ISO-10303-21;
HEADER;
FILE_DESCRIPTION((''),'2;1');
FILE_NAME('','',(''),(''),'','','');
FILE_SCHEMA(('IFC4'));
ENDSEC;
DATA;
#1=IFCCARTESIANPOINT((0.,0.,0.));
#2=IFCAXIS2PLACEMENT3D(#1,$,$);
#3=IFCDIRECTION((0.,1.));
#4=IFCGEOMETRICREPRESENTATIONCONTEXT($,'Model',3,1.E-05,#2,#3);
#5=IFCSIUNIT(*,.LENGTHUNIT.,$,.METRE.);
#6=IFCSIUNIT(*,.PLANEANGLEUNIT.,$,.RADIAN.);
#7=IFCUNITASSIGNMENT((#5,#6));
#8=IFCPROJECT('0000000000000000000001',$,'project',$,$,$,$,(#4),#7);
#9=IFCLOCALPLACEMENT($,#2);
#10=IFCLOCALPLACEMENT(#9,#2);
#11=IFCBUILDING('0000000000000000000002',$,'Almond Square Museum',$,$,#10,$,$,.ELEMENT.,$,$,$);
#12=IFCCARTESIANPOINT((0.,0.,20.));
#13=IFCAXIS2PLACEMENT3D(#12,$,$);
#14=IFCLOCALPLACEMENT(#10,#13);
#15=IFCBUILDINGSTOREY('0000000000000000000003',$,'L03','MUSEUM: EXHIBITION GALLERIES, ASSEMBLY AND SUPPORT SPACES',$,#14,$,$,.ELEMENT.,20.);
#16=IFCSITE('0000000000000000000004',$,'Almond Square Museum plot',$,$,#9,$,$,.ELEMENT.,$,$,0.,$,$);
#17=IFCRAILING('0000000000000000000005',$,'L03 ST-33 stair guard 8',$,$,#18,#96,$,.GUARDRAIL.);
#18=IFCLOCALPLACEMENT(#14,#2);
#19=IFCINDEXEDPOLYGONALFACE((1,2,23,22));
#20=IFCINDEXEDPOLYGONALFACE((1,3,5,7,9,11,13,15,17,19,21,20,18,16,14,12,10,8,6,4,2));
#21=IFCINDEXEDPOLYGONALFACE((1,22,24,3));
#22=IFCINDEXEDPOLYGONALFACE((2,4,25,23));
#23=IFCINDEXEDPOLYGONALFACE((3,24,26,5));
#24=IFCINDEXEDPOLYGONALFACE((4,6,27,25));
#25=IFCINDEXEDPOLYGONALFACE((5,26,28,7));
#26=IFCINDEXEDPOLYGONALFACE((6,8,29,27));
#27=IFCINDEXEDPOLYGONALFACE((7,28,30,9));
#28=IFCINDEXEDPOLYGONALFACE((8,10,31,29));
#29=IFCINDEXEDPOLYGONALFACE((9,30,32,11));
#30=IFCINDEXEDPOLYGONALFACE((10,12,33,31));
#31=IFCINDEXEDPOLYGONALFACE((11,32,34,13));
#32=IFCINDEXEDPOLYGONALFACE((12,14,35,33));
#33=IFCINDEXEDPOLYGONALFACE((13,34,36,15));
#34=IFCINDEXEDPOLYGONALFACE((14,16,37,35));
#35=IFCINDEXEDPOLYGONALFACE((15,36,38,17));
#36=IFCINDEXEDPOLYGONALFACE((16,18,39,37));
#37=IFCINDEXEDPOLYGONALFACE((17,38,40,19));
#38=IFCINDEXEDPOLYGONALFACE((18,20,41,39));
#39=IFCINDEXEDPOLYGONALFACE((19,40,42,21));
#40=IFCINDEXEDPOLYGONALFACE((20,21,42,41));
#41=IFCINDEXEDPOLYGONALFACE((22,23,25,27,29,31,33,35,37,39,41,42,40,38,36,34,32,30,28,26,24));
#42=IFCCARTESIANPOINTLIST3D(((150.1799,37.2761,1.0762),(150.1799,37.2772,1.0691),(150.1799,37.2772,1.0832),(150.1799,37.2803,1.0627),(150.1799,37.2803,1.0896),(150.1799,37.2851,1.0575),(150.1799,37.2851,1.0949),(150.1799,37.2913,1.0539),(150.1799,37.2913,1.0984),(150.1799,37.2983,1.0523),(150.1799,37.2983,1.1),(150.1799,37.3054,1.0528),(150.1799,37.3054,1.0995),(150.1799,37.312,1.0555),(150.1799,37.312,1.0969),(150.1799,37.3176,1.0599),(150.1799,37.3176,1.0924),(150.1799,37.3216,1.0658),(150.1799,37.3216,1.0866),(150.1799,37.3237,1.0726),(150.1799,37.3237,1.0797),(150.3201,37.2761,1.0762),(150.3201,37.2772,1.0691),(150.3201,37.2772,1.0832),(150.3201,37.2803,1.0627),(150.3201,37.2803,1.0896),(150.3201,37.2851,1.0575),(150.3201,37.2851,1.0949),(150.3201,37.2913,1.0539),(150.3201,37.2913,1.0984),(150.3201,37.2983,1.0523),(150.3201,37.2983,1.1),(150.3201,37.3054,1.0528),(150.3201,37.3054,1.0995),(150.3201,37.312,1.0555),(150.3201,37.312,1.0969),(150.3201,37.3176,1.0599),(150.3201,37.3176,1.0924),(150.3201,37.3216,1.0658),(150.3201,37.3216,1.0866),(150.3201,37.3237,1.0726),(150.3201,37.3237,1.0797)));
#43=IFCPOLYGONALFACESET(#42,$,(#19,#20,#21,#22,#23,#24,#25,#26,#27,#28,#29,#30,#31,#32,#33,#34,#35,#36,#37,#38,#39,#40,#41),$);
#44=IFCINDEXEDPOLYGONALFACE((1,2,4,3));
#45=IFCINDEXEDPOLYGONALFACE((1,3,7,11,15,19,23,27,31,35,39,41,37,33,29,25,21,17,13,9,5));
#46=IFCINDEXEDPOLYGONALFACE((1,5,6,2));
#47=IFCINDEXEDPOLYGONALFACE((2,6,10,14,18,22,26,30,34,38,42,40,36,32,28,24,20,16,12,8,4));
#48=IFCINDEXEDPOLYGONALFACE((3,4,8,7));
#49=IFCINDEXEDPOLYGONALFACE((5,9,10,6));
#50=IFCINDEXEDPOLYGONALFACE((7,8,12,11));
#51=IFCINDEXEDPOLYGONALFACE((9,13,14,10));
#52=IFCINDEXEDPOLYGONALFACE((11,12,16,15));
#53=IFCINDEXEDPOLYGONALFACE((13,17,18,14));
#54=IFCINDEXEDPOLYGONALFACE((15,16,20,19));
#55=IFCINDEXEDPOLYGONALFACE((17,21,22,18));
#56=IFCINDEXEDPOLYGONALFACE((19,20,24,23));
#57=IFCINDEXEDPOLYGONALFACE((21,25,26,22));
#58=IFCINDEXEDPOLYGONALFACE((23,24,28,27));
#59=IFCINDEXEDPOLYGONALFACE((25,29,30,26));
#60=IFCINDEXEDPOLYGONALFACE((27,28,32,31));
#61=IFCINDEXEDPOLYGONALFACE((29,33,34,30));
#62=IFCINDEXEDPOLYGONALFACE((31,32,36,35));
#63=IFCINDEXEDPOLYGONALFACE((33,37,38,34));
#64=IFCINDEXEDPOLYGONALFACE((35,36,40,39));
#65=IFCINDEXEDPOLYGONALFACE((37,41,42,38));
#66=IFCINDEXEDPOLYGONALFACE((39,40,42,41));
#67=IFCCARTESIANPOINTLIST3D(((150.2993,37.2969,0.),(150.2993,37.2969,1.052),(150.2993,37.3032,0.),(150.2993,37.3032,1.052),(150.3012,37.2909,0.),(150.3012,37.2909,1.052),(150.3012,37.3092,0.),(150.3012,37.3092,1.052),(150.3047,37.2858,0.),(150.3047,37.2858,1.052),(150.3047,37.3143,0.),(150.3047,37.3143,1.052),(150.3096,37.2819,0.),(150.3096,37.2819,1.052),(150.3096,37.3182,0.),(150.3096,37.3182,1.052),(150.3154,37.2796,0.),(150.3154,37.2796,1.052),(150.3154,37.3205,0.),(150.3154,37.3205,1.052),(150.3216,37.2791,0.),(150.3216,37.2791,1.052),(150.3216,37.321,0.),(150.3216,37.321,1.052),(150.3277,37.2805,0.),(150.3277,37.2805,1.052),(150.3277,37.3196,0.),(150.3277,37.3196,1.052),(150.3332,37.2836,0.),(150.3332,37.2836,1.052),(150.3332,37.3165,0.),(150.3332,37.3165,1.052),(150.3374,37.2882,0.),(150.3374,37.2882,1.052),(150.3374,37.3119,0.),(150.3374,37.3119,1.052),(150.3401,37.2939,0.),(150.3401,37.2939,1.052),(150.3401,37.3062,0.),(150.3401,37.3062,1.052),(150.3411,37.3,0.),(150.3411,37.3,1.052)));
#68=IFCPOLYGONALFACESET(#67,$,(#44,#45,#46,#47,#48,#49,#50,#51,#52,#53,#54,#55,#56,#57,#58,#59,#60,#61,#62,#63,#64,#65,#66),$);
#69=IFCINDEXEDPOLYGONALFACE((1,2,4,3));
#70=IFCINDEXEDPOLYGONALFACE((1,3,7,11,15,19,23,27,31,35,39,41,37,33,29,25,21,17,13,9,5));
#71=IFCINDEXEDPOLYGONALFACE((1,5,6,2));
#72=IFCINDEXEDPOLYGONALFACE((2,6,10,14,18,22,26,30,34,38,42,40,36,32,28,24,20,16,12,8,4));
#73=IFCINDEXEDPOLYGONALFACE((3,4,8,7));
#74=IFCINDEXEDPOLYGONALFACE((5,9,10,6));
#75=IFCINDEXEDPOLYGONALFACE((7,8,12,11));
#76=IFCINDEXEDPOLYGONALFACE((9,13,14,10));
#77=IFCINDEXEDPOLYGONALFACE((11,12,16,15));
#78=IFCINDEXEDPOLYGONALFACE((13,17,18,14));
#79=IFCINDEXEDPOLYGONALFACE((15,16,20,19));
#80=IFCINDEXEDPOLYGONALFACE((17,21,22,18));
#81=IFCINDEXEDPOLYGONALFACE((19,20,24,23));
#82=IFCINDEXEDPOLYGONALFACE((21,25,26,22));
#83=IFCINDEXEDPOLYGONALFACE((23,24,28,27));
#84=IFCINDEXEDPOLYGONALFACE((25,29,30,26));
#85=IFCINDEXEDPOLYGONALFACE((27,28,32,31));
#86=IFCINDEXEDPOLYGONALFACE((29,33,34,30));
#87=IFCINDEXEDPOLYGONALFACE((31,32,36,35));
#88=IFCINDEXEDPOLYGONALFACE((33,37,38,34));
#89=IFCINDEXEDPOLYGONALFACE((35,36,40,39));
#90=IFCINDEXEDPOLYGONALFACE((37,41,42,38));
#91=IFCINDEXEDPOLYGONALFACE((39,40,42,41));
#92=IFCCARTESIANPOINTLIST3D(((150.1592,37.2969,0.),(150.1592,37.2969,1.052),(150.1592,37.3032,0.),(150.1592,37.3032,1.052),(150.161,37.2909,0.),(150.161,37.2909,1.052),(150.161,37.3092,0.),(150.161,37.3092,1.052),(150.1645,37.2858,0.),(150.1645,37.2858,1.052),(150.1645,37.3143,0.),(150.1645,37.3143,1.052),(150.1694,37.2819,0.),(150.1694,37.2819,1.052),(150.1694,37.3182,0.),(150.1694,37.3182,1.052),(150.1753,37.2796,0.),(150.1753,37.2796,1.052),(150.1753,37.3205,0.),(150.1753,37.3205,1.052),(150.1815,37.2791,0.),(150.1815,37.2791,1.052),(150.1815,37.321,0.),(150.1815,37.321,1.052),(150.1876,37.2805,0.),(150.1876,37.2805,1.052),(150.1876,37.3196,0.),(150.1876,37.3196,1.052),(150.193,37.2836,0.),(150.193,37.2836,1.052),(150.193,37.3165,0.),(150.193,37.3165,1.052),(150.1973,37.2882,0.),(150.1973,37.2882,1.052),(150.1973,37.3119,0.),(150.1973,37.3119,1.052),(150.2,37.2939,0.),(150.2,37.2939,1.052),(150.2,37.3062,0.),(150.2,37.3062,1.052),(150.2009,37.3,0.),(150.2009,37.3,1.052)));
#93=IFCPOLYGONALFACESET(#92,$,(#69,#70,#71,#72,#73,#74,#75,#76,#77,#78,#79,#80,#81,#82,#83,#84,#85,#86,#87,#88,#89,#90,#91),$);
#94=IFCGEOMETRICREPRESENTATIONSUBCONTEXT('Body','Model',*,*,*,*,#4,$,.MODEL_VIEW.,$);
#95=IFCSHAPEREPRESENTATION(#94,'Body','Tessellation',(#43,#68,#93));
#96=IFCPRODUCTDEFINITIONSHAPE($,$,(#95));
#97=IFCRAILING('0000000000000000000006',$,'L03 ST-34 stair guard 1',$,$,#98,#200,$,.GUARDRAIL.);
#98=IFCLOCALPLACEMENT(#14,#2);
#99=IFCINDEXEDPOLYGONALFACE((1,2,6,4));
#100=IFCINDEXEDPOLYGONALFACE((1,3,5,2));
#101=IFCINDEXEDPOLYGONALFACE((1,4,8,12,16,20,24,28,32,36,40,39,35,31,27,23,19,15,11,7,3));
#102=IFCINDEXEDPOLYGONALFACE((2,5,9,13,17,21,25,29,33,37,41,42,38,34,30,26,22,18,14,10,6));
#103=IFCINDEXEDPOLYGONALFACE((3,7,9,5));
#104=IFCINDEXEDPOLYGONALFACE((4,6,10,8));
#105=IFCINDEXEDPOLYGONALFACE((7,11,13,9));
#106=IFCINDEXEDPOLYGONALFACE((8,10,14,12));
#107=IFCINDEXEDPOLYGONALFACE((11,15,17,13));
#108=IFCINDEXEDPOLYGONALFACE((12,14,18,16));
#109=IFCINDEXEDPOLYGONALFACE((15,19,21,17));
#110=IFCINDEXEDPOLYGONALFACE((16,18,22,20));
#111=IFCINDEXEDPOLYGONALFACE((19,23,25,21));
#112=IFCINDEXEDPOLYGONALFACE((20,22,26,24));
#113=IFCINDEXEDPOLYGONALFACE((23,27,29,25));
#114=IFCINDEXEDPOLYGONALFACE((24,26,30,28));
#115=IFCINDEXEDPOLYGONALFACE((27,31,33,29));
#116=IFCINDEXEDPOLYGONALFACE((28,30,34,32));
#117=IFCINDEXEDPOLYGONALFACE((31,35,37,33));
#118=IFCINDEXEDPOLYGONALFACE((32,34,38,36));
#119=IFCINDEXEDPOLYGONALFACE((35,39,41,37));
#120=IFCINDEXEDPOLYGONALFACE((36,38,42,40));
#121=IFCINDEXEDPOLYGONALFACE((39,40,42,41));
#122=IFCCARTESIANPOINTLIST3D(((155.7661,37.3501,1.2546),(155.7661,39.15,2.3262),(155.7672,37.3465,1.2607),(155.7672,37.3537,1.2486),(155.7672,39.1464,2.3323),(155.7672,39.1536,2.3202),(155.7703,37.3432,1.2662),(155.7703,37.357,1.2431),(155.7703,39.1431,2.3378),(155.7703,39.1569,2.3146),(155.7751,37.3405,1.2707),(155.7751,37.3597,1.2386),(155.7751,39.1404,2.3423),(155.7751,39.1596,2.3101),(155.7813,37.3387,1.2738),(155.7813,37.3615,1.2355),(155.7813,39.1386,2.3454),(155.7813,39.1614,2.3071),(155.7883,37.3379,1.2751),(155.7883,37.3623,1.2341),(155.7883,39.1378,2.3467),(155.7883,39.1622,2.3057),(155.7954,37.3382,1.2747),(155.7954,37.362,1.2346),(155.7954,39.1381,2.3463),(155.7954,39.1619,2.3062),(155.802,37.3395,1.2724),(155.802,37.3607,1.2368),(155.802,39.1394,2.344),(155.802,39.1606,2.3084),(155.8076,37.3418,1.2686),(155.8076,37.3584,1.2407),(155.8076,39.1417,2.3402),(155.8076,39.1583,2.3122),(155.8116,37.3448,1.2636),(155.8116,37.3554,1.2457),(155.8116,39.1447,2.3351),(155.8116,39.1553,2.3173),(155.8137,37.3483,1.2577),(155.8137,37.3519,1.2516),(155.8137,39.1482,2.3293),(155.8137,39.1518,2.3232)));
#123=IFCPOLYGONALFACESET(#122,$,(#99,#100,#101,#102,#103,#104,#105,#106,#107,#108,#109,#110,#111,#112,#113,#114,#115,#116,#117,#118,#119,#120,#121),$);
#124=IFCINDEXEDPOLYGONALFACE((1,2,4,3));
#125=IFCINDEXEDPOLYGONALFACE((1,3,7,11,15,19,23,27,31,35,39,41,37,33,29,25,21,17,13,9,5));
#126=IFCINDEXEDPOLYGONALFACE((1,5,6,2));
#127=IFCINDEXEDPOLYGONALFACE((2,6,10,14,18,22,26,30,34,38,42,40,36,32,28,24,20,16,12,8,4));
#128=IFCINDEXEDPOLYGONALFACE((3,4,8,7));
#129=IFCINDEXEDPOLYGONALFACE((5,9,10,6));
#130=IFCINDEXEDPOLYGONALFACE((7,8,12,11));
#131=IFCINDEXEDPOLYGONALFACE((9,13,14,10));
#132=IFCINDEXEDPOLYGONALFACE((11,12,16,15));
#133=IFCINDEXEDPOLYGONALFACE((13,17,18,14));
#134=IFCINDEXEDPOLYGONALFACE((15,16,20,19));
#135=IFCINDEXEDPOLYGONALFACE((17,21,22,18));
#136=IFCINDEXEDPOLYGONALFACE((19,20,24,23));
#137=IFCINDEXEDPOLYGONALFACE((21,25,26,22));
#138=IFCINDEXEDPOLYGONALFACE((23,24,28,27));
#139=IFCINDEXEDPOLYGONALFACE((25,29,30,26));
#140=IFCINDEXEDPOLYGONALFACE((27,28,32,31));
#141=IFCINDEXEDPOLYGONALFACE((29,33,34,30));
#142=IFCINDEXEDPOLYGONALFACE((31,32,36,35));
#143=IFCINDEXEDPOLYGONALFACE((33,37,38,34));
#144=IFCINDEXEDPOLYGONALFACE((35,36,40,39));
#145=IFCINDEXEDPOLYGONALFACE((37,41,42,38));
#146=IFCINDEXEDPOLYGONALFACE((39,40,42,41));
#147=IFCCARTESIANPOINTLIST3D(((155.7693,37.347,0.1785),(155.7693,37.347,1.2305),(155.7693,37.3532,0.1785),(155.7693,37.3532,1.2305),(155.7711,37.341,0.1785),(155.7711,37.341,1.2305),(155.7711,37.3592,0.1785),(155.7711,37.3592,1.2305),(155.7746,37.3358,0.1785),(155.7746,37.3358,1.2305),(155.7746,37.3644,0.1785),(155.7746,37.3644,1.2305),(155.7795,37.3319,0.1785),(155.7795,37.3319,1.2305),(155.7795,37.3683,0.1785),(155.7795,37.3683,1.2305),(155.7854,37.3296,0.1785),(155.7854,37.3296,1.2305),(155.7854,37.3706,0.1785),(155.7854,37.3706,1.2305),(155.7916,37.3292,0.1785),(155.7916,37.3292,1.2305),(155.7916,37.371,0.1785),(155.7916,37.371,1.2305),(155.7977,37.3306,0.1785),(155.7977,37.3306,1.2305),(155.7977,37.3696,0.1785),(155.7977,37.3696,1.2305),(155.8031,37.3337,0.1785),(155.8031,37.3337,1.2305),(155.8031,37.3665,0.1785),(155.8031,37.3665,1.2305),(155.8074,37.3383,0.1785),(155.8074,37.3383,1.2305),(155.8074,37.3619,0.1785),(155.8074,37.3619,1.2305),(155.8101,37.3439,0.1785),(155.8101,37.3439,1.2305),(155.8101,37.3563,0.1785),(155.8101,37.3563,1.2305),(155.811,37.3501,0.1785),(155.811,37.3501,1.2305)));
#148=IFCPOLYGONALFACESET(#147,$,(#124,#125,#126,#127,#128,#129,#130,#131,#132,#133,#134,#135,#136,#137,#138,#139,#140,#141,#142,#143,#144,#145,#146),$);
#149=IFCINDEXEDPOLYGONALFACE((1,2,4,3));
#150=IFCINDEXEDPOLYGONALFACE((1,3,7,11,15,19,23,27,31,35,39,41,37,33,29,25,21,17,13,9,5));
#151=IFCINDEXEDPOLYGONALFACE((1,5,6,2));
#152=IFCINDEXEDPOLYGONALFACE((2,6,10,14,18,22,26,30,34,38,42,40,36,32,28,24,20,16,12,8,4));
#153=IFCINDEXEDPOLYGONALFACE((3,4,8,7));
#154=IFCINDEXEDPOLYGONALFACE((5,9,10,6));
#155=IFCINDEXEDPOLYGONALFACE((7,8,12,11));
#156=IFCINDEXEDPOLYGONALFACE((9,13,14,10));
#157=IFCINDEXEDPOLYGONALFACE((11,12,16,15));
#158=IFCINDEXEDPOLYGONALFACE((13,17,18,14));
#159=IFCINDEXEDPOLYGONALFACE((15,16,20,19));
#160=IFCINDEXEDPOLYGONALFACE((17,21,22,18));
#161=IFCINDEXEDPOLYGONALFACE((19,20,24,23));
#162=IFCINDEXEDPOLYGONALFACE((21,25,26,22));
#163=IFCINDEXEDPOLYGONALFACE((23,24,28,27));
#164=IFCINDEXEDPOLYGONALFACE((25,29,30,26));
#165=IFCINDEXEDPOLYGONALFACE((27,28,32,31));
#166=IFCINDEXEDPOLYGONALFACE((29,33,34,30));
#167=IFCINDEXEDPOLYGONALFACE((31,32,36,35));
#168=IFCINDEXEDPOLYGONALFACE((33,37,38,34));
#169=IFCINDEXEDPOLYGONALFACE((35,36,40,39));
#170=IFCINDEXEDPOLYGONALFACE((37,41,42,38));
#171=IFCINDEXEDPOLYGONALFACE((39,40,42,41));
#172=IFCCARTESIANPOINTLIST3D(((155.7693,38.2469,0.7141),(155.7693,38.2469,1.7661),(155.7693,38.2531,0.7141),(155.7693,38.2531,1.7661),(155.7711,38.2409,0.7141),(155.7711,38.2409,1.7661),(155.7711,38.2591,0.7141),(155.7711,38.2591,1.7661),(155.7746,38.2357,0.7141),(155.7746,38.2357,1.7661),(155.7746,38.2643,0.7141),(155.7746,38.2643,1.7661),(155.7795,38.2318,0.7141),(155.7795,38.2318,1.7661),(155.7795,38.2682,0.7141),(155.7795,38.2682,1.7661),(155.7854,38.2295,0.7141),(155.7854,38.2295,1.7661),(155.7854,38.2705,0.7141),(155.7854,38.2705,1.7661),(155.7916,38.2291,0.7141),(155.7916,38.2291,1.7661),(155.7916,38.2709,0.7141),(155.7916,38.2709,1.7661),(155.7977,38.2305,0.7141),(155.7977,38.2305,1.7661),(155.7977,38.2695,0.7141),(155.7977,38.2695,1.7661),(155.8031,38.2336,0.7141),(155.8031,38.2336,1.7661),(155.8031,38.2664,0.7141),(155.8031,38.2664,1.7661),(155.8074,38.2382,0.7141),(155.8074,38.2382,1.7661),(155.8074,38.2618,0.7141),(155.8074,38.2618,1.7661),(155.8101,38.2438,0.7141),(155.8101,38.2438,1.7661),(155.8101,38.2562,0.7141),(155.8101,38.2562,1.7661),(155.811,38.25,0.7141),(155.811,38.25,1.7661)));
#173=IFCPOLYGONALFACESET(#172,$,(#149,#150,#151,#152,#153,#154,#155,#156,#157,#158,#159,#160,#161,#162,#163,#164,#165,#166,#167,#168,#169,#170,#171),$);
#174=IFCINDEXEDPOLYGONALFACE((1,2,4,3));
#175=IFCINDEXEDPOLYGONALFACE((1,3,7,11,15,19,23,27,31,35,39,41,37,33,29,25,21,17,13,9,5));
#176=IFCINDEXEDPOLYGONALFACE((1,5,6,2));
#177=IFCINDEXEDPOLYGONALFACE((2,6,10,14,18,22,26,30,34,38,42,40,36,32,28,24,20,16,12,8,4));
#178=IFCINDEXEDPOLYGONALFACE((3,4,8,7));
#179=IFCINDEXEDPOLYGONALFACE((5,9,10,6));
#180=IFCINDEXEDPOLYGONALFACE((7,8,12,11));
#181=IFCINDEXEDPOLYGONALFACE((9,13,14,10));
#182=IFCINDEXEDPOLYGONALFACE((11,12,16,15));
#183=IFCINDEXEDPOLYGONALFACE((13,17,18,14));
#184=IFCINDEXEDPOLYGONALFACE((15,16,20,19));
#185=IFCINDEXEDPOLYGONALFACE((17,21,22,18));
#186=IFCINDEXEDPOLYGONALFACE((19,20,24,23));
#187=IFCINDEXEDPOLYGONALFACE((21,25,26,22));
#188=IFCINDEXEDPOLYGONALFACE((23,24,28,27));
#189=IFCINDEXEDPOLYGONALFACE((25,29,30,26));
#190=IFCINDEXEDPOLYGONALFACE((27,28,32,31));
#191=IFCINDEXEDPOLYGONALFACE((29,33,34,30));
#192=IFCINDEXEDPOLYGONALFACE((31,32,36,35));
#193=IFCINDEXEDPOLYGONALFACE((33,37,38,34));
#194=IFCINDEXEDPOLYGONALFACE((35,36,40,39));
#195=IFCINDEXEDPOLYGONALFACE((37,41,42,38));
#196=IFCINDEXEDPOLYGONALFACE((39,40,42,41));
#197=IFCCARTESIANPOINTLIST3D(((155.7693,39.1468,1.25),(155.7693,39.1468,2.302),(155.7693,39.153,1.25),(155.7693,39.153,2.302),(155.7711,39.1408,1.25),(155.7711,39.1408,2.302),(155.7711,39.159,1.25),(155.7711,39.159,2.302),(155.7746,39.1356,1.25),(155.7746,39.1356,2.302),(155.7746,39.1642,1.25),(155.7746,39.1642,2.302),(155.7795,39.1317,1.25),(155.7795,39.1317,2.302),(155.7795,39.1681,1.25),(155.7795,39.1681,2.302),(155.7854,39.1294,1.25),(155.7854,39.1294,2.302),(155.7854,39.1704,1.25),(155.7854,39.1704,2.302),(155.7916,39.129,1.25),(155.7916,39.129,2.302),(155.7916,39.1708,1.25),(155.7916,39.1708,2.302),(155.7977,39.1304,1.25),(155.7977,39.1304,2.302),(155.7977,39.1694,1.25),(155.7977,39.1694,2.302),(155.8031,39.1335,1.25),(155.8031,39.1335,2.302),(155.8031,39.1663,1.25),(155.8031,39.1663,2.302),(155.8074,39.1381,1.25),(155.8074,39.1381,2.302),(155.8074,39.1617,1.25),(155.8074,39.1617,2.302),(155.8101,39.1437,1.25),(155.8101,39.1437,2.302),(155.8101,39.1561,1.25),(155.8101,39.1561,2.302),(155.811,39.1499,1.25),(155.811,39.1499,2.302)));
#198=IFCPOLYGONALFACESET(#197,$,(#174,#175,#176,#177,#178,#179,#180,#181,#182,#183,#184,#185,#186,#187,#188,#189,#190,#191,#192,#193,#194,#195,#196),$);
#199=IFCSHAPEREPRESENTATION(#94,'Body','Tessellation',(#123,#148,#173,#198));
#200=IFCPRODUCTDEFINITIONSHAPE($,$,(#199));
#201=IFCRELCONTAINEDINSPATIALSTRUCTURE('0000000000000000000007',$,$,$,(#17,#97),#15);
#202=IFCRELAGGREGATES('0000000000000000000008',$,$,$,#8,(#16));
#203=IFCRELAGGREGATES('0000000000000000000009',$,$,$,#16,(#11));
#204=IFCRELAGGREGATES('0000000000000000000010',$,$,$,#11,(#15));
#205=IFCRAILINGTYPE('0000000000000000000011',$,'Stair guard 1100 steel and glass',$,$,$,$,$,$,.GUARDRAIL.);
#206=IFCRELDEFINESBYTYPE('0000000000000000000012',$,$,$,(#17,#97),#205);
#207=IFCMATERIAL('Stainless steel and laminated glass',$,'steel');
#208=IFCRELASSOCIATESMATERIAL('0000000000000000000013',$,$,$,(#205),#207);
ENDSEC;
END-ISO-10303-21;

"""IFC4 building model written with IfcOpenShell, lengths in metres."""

from ifc_helpers import new_model, si_unit, direction, frame, origin, origin_2d, place, context, subcontext, project, spatial, circle, extrude, material, type_object, element, save


model = new_model("IFC4")

# Units and contexts
model_context = context("Model", 3, precision=1e-05, world=origin(), true_north=direction((0.0, 1.0)))
body_context = subcontext(model_context, "Body", "Model", "MODEL_VIEW")
ifc_project = project(units=[si_unit("LENGTHUNIT", "METRE"), si_unit("PLANEANGLEUNIT", "RADIAN")], contexts=[model_context])

# Site, building, storey
site_placement = place(None, origin())
site = spatial("IfcSite", under=ifc_project, at=site_placement, Name="Almond Square Museum plot", CompositionType="ELEMENT", RefElevation=0.0)
building_placement = place(site_placement, origin())
building = spatial("IfcBuilding", under=site, at=building_placement, Name="Almond Square Museum", CompositionType="ELEMENT")
storey_placement = place(building_placement, frame((0.0, 0.0, 20.0)))
storey = spatial("IfcBuildingStorey", under=building, at=storey_placement, Name="L03", Description="MUSEUM: EXHIBITION GALLERIES, ASSEMBLY AND SUPPORT SPACES", CompositionType="ELEMENT", Elevation=20.0)

# Railings
ifc_material_1 = material(Name="Stainless steel and laminated glass", Category="steel")
railing_type_1 = type_object("IfcRailingType", Name="Stair guard 1100 steel and glass", PredefinedType="GUARDRAIL", material=ifc_material_1)
railing_1_placement = place(storey_placement, frame((150.3201, 37.3, 0.0)))
element("IfcRailing", 1, at=railing_1_placement, inside=storey, type_object=railing_type_1, Name="L03 ST-33 stair guard 8", PredefinedType="GUARDRAIL", context=body_context, shape_type="SweptSolid", body=[
    extrude(circle(Radius=0.0239, at=origin_2d()), frame((0.0, 0.0, 1.0762), z_axis=(-1.0, 0.0, 0.0), x_axis=(0.0, -1.0, 0.0)), (0.0, 0.0, 1.0), 0.1401),
    extrude(circle(Radius=0.021, at=origin_2d()), origin(), (0.0, 0.0, 1.0), 1.052),
    extrude(circle(Radius=0.021, at=origin_2d()), frame((-0.1401, 0.0, 0.0)), (0.0, 0.0, 1.0), 1.052),
])
railing_2_placement = place(storey_placement, frame((155.79, 37.3501, 0.1785)))
element("IfcRailing", 2, at=railing_2_placement, inside=storey, type_object=railing_type_1, Name="L03 ST-34 stair guard 1", PredefinedType="GUARDRAIL", context=body_context, shape_type="SweptSolid", body=[
    extrude(circle(Radius=0.0239, at=origin_2d()), frame((0.0, 0.0, 1.0762), z_axis=(0.0, 0.859247, 0.511562), x_axis=(-1.0, 0.0, 0.0)), (0.0, 0.0, 1.0), 2.0947),
    extrude(circle(Radius=0.021, at=origin_2d()), origin(), (0.0, 0.0, 1.0), 1.052),
    extrude(circle(Radius=0.021, at=origin_2d()), frame((0.0, 0.8999, 0.5356)), (0.0, 0.0, 1.0), 1.052),
    extrude(circle(Radius=0.021, at=origin_2d()), frame((0.0, 1.7998, 1.0715)), (0.0, 0.0, 1.0), 1.052),
])

save(model, "model.ifc")
